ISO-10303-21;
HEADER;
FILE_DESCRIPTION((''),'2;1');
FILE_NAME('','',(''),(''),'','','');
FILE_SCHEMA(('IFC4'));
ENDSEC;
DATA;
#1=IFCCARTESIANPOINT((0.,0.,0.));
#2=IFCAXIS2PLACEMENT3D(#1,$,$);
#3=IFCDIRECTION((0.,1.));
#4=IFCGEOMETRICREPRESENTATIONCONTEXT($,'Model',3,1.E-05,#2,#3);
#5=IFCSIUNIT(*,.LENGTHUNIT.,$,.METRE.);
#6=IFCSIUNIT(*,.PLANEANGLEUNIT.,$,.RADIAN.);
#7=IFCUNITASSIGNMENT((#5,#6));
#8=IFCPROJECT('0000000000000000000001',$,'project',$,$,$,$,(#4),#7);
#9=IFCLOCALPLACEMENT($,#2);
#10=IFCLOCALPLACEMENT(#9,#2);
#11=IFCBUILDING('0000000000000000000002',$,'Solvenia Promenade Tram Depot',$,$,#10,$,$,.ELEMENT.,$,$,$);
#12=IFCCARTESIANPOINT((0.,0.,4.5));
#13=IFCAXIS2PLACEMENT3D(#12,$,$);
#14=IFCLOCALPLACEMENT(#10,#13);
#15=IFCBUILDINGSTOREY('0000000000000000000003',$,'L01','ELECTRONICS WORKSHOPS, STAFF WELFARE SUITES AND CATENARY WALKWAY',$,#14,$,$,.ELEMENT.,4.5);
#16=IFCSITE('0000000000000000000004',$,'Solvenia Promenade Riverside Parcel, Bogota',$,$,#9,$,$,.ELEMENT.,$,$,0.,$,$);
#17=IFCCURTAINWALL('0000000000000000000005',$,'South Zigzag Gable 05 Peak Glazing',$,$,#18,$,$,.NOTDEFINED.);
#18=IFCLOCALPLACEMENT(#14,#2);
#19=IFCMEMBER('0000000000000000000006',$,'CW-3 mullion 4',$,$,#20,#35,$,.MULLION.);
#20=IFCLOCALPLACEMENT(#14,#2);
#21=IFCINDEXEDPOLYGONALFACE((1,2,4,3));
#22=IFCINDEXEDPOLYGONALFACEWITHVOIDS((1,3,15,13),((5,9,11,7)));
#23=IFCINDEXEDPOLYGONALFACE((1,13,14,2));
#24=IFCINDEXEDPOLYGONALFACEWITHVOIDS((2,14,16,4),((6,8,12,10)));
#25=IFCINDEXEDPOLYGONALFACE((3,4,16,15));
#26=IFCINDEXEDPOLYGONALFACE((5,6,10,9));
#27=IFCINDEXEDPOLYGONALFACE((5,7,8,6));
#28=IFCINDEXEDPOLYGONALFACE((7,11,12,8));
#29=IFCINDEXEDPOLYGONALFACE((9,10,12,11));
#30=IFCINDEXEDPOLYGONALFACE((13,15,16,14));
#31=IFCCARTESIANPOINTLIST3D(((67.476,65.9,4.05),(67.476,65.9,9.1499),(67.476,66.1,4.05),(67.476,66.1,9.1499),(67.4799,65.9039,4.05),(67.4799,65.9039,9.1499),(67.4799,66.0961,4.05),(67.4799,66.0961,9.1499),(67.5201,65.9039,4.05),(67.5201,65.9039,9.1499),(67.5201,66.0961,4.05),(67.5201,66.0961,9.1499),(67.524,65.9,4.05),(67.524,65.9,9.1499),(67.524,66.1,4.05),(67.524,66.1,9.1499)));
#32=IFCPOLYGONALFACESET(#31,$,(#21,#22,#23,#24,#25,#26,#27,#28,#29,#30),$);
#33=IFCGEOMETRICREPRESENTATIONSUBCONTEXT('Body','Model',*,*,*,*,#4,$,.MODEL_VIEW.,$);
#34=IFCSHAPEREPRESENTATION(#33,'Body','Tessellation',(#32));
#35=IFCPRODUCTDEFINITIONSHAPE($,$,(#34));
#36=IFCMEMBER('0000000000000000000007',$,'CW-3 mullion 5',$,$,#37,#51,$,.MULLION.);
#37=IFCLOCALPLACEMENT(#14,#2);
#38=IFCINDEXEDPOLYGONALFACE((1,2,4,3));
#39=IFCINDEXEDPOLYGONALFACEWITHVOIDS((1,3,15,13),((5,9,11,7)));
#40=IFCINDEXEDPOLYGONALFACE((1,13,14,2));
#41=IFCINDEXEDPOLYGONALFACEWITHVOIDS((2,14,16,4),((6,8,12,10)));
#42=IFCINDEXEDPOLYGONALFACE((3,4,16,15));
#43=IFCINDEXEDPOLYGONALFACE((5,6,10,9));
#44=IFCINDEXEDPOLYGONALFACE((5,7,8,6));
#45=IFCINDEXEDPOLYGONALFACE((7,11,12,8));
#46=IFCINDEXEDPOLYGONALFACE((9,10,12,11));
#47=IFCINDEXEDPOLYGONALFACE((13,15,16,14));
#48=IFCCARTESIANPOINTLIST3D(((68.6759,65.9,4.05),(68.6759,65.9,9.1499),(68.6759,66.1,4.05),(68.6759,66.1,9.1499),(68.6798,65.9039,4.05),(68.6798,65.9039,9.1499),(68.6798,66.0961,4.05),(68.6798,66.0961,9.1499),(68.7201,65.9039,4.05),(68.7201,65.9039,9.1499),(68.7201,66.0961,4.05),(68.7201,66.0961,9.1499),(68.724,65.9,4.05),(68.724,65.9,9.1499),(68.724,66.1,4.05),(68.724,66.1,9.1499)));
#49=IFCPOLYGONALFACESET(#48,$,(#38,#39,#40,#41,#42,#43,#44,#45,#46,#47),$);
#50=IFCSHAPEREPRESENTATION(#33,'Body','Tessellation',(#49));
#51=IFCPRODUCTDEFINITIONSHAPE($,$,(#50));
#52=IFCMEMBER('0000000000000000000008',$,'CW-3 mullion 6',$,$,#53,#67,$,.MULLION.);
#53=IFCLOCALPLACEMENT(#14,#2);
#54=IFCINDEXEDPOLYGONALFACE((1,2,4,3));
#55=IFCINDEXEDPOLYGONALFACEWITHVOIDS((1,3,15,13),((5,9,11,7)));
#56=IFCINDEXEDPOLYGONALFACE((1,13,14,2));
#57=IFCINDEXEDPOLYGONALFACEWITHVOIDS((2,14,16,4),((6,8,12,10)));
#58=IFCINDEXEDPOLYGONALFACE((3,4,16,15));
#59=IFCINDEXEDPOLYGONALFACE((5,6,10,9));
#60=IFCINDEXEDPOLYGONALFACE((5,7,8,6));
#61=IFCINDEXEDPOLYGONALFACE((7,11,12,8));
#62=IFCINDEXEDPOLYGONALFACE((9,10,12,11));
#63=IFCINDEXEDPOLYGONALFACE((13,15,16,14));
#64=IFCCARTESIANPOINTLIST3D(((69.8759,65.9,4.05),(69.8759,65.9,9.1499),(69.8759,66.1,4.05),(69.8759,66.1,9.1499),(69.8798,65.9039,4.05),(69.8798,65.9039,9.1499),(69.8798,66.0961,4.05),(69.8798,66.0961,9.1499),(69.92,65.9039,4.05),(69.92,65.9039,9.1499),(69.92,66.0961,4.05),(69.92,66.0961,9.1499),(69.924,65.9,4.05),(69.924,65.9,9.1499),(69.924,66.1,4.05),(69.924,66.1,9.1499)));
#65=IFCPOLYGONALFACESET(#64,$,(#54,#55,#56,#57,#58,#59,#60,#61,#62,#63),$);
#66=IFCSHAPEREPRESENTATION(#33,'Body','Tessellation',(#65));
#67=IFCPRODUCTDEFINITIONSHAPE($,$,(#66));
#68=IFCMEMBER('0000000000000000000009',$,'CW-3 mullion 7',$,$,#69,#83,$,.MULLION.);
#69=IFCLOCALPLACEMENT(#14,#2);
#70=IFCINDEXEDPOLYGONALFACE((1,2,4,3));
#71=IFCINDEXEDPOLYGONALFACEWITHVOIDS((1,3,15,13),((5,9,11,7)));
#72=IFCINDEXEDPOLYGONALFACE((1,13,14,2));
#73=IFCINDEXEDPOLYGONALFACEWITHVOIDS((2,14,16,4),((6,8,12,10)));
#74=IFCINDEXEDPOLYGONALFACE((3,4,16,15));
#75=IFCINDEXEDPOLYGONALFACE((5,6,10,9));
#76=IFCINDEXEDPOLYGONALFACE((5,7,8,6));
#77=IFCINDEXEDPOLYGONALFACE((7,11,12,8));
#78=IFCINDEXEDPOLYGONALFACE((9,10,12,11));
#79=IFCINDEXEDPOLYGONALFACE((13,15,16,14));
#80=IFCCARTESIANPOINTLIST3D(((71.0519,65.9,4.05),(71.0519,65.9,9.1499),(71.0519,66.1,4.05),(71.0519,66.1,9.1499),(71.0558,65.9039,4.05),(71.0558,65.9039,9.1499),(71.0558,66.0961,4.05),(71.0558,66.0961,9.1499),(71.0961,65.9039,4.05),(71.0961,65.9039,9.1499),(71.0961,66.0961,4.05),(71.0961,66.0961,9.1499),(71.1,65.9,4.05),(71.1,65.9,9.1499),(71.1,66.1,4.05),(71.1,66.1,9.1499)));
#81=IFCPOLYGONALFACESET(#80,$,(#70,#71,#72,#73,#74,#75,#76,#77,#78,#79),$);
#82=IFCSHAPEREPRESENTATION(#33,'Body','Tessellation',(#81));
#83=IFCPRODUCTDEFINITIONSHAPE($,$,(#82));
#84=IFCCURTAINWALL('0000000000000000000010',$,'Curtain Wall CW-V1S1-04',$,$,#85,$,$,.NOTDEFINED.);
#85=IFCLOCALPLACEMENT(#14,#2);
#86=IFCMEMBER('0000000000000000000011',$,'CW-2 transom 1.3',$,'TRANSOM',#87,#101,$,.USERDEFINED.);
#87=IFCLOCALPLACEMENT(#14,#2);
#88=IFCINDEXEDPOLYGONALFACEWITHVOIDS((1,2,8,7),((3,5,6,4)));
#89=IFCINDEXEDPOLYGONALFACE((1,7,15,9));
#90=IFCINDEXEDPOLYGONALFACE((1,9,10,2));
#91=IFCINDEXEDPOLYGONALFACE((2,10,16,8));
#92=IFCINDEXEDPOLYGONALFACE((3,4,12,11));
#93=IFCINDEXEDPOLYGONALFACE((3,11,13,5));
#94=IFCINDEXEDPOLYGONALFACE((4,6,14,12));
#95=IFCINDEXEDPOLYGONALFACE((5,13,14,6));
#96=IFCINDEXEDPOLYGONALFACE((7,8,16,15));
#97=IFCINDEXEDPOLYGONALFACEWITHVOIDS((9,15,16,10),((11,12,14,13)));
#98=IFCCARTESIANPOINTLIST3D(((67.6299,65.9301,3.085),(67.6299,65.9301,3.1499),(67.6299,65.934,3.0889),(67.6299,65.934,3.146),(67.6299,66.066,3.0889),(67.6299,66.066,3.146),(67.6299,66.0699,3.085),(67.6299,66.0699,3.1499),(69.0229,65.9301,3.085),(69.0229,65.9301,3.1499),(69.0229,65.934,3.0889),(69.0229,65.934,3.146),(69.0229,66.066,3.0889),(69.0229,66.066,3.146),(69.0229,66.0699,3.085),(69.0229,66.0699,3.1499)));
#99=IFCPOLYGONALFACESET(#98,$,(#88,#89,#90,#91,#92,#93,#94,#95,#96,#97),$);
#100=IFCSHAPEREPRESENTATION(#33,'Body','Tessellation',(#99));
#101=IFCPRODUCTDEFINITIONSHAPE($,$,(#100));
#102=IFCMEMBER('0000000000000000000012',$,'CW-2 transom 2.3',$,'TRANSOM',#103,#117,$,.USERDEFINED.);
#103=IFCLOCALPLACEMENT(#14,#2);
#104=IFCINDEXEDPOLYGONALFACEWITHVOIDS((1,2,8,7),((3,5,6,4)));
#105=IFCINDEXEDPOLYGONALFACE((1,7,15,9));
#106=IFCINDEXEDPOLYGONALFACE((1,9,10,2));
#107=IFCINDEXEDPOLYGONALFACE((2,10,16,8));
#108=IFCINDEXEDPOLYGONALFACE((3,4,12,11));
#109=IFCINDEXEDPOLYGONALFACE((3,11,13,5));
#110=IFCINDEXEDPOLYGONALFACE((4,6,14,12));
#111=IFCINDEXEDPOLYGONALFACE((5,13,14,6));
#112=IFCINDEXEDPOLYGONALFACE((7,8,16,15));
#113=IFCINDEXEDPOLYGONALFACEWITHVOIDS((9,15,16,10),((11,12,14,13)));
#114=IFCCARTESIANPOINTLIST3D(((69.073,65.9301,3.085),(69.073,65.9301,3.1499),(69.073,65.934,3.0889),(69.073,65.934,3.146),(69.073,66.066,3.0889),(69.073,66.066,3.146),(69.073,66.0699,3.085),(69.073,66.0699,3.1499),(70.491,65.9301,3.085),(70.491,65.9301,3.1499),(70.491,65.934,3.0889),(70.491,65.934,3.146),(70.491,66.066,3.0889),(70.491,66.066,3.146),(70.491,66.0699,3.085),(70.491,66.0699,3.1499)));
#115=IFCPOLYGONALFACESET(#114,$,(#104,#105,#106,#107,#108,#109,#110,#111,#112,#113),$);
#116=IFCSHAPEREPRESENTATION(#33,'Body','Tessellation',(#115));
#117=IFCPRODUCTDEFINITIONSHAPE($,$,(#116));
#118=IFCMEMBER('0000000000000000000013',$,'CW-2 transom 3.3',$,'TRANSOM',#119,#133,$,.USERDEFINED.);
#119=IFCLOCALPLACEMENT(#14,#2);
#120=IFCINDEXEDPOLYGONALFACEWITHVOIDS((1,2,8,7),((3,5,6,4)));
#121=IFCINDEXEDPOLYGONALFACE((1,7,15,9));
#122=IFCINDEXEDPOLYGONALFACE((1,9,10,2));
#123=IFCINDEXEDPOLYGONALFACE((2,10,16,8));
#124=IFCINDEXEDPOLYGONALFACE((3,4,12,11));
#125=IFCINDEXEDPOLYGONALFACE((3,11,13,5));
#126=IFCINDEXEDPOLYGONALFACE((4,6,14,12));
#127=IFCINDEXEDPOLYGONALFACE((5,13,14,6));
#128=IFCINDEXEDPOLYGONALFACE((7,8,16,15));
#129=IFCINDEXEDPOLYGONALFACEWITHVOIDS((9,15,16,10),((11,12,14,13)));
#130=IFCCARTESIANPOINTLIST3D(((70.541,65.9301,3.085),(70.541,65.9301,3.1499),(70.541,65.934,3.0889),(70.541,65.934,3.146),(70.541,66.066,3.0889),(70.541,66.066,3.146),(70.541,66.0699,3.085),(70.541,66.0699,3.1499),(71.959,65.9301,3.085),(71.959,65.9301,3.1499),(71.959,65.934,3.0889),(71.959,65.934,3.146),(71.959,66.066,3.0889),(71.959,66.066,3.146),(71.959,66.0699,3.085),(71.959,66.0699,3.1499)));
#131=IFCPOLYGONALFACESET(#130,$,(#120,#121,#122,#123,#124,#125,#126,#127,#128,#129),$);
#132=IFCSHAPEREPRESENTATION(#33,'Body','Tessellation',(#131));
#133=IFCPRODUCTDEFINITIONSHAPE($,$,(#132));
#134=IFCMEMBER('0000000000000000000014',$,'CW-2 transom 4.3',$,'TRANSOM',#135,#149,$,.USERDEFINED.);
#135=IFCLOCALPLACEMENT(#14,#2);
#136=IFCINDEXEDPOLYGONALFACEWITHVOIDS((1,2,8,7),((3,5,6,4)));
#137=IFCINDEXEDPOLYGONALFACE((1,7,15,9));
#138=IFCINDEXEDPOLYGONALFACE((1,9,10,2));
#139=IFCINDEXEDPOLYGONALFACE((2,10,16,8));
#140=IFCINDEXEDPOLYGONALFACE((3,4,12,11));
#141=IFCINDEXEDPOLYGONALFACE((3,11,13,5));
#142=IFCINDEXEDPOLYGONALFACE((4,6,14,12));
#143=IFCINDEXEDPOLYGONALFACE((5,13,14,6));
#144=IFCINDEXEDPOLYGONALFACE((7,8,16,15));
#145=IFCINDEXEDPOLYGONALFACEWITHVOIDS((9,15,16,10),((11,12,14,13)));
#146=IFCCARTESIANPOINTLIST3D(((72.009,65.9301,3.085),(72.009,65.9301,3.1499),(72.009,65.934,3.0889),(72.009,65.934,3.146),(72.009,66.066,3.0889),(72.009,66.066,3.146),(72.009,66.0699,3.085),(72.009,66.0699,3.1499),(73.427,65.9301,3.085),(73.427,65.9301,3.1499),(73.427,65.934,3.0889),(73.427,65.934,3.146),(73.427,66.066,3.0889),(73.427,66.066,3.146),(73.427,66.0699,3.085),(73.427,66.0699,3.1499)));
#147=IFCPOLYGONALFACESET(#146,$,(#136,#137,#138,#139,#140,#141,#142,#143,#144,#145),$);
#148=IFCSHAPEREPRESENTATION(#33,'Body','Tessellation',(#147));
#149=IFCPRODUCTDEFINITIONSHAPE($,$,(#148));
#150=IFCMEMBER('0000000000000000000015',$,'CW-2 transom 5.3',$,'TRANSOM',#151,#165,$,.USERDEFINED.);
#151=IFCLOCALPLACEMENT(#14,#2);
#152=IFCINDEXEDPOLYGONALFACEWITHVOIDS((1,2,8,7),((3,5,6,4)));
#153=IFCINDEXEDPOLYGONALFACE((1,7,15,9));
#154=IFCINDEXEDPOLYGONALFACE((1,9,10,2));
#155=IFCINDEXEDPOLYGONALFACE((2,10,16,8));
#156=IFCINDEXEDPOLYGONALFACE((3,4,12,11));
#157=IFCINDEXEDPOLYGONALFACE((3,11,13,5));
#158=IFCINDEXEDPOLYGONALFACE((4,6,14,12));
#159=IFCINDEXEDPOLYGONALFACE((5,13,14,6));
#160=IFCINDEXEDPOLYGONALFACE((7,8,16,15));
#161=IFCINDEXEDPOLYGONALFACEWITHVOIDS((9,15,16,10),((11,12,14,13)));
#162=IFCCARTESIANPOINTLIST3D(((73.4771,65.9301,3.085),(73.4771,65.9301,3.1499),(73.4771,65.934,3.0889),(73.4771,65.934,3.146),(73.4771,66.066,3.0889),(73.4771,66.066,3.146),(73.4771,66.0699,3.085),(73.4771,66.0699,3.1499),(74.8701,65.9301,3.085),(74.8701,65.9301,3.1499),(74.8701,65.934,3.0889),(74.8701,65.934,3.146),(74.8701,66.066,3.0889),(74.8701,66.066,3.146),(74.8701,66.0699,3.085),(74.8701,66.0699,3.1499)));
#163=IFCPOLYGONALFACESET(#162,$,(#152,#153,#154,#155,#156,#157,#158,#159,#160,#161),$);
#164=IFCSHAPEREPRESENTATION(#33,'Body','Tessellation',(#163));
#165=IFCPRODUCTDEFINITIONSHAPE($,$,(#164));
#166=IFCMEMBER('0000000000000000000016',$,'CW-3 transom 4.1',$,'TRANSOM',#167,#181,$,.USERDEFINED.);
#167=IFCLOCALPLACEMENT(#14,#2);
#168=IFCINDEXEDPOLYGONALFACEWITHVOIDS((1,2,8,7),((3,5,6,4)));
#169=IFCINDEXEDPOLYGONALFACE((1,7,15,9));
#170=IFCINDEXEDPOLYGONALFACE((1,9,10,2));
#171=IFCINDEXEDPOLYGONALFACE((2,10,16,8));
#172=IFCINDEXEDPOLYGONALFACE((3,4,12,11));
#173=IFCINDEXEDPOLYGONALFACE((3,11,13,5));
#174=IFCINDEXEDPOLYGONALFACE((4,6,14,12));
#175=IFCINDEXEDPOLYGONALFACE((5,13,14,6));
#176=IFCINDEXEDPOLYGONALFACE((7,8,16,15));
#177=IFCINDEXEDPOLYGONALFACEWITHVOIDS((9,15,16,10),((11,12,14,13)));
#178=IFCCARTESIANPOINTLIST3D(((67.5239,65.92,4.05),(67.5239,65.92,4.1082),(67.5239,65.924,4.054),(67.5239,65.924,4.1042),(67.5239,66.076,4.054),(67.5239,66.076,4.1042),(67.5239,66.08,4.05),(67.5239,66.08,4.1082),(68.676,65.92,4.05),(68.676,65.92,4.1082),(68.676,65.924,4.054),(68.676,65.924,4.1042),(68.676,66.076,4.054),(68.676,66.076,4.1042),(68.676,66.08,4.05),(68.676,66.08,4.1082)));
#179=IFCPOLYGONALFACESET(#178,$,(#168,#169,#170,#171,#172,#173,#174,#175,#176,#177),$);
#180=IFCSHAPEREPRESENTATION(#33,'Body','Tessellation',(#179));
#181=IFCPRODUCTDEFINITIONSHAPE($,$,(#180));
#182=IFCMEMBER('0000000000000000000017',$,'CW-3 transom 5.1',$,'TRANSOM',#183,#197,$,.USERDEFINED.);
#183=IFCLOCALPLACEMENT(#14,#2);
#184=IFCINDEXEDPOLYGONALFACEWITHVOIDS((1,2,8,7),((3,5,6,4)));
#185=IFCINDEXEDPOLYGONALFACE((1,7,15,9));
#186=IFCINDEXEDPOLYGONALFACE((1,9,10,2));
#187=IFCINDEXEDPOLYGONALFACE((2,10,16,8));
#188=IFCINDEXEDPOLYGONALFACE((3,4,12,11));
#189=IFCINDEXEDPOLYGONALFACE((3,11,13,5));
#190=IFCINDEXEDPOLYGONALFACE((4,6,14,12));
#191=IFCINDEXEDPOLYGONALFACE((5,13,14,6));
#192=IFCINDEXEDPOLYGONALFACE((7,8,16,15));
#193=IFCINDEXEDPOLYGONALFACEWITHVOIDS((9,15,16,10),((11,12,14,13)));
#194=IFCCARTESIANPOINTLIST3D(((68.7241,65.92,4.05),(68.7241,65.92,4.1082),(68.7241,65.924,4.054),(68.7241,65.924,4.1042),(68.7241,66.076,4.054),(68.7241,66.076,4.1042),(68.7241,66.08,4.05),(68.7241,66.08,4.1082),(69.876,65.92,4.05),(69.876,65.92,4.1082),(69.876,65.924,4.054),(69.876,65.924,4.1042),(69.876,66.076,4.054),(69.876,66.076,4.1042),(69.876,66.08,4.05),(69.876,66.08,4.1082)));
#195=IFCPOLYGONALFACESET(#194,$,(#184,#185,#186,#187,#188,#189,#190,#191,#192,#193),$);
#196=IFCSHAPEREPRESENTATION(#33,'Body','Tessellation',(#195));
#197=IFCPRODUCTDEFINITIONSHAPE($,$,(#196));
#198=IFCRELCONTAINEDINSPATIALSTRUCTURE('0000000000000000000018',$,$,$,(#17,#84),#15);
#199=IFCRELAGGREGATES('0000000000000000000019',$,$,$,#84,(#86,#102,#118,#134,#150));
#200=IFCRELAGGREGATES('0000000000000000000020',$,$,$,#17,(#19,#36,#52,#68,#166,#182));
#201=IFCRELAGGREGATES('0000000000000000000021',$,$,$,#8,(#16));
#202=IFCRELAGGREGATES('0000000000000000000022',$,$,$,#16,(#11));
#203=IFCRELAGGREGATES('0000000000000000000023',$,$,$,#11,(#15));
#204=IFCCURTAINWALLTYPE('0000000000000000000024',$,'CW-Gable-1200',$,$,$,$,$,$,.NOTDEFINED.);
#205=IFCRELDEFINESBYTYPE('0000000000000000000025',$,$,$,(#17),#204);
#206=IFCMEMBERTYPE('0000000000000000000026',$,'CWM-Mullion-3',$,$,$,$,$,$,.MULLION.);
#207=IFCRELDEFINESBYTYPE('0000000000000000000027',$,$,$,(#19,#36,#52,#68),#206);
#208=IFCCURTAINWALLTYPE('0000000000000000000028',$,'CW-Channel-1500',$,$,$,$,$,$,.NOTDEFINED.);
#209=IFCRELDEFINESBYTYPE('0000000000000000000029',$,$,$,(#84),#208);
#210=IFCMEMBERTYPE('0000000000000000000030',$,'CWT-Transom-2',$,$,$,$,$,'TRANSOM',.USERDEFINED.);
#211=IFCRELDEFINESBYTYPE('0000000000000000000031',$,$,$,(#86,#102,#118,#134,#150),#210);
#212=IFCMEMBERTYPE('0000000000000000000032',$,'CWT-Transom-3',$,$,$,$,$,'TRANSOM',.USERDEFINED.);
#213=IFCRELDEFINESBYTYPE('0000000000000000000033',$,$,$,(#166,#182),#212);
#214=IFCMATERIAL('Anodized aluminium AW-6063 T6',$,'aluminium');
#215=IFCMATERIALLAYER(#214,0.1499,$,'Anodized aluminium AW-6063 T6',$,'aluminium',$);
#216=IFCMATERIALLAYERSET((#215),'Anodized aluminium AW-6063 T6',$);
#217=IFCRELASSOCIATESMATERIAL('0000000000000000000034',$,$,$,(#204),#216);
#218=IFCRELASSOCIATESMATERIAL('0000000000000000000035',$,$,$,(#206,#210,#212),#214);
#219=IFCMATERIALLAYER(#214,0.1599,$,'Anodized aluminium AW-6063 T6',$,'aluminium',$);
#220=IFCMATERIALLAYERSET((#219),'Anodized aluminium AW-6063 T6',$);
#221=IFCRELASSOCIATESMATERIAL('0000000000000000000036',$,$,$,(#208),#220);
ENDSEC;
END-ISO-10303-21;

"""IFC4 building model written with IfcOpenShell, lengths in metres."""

from ifc_helpers import new_model, si_unit, direction, frame, origin, origin_2d, place, context, subcontext, project, spatial, hollow_rectangle, extrude, material, layer, layer_set, material_profile, profile_set, type_object, element, aggregate, save


model = new_model("IFC4")

# Units and contexts
model_context = context("Model", 3, precision=1e-05, world=origin(), true_north=direction((0.0, 1.0)))
body_context = subcontext(model_context, "Body", "Model", "MODEL_VIEW")
ifc_project = project(units=[si_unit("LENGTHUNIT", "METRE"), si_unit("PLANEANGLEUNIT", "RADIAN")], contexts=[model_context])

# Site, building, storey
site_placement = place(None, origin())
site = spatial("IfcSite", under=ifc_project, at=site_placement, Name="Solvenia Promenade Riverside Parcel, Bogota", CompositionType="ELEMENT", RefElevation=0.0)
building_placement = place(site_placement, origin())
building = spatial("IfcBuilding", under=site, at=building_placement, Name="Solvenia Promenade Tram Depot", CompositionType="ELEMENT")
storey_placement = place(building_placement, frame((0.0, 0.0, 4.5)))
storey = spatial("IfcBuildingStorey", under=building, at=storey_placement, Name="L01", Description="ELECTRONICS WORKSHOPS, STAFF WELFARE SUITES AND CATENARY WALKWAY", CompositionType="ELEMENT", Elevation=4.5)

# Curtain walls, members
ifc_material_1 = material(Name="Anodized aluminium AW-6063 T6", Category="aluminium")
ifc_layer_1 = layer(ifc_material_1, 0.1499, Name="Anodized aluminium AW-6063 T6", Category="aluminium")
ifc_layer_set_1 = layer_set([ifc_layer_1], Name="Anodized aluminium AW-6063 T6")
curtain_wall_type_1 = type_object("IfcCurtainWallType", Name="CW-Gable-1200", PredefinedType="NOTDEFINED", material=ifc_layer_set_1)
curtain_wall_1_placement = place(storey_placement, origin())
curtain_wall_1 = element("IfcCurtainWall", 1, at=curtain_wall_1_placement, inside=storey, type_object=curtain_wall_type_1, Name="South Zigzag Gable 05 Peak Glazing", PredefinedType="NOTDEFINED")
ifc_material_profile_1 = material_profile(ifc_material_1, hollow_rectangle(XDim=0.2, YDim=0.0481, WallThickness=0.0039, at=origin_2d()), Name="ALU-M3", Category="aluminium")
ifc_profile_set_1 = profile_set([ifc_material_profile_1], Name="Anodized aluminium AW-6063 T6")
member_type_1 = type_object("IfcMemberType", Name="CWM-Mullion-3", PredefinedType="MULLION", material=ifc_profile_set_1)
member_1_placement = place(storey_placement, frame((67.5, 66.0, 4.05), z_axis=(0.0, 0.0, 1.0), x_axis=(0.0, 1.0, 0.0)))
member_1 = element("IfcMember", 2, at=member_1_placement, type_object=member_type_1, Name="CW-3 mullion 4", PredefinedType="MULLION", context=body_context, shape_type="SweptSolid", body=[
    extrude(hollow_rectangle(XDim=0.2, YDim=0.0481, WallThickness=0.0039, at=origin_2d()), origin(), (0.0, 0.0, 1.0), 5.0999),
])
member_2_placement = place(storey_placement, frame((68.7, 66.0, 4.05), z_axis=(0.0, 0.0, 1.0), x_axis=(0.0, 1.0, 0.0)))
member_2 = element("IfcMember", 3, at=member_2_placement, type_object=member_type_1, Name="CW-3 mullion 5", PredefinedType="MULLION", context=body_context, shape_type="SweptSolid", body=[
    extrude(hollow_rectangle(XDim=0.2, YDim=0.0481, WallThickness=0.0039, at=origin_2d()), origin(), (0.0, 0.0, 1.0), 5.0999),
])
member_3_placement = place(storey_placement, frame((69.8999, 66.0, 4.05), z_axis=(0.0, 0.0, 1.0), x_axis=(0.0, 1.0, 0.0)))
member_3 = element("IfcMember", 4, at=member_3_placement, type_object=member_type_1, Name="CW-3 mullion 6", PredefinedType="MULLION", context=body_context, shape_type="SweptSolid", body=[
    extrude(hollow_rectangle(XDim=0.2, YDim=0.0481, WallThickness=0.0039, at=origin_2d()), origin(), (0.0, 0.0, 1.0), 5.0999),
])
member_4_placement = place(storey_placement, frame((71.0759, 66.0, 4.05), z_axis=(0.0, 0.0, 1.0), x_axis=(0.0, 1.0, 0.0)))
member_4 = element("IfcMember", 5, at=member_4_placement, type_object=member_type_1, Name="CW-3 mullion 7", PredefinedType="MULLION", context=body_context, shape_type="SweptSolid", body=[
    extrude(hollow_rectangle(XDim=0.2, YDim=0.0481, WallThickness=0.0039, at=origin_2d()), origin(), (0.0, 0.0, 1.0), 5.0999),
])
ifc_layer_2 = layer(ifc_material_1, 0.1599, Name="Anodized aluminium AW-6063 T6", Category="aluminium")
ifc_layer_set_2 = layer_set([ifc_layer_2], Name="Anodized aluminium AW-6063 T6")
curtain_wall_type_2 = type_object("IfcCurtainWallType", Name="CW-Channel-1500", PredefinedType="NOTDEFINED", material=ifc_layer_set_2)
curtain_wall_2_placement = place(storey_placement, origin())
curtain_wall_2 = element("IfcCurtainWall", 6, at=curtain_wall_2_placement, inside=storey, type_object=curtain_wall_type_2, Name="Curtain Wall CW-V1S1-04", PredefinedType="NOTDEFINED")
ifc_material_profile_2 = material_profile(ifc_material_1, hollow_rectangle(XDim=0.1399, YDim=0.0649, WallThickness=0.0039, at=origin_2d()), Name="ALU-T2", Category="aluminium")
ifc_profile_set_2 = profile_set([ifc_material_profile_2], Name="Anodized aluminium AW-6063 T6")
member_type_2 = type_object("IfcMemberType", Name="CWT-Transom-2", ElementType="TRANSOM", PredefinedType="USERDEFINED", material=ifc_profile_set_2)
member_5_placement = place(storey_placement, frame((67.6299, 66.0, 3.1174), z_axis=(1.0, 0.0, 0.0), x_axis=(0.0, 1.0, 0.0)))
member_5 = element("IfcMember", 7, at=member_5_placement, type_object=member_type_2, Name="CW-2 transom 1.3", ObjectType="TRANSOM", PredefinedType="USERDEFINED", context=body_context, shape_type="SweptSolid", body=[
    extrude(hollow_rectangle(XDim=0.1399, YDim=0.0649, WallThickness=0.0039, at=origin_2d()), origin(), (0.0, 0.0, 1.0), 1.3931),
])
member_6_placement = place(storey_placement, frame((69.073, 66.0, 3.1174), z_axis=(1.0, 0.0, 0.0), x_axis=(0.0, 1.0, 0.0)))
member_6 = element("IfcMember", 8, at=member_6_placement, type_object=member_type_2, Name="CW-2 transom 2.3", ObjectType="TRANSOM", PredefinedType="USERDEFINED", context=body_context, shape_type="SweptSolid", body=[
    extrude(hollow_rectangle(XDim=0.1399, YDim=0.0649, WallThickness=0.0039, at=origin_2d()), origin(), (0.0, 0.0, 1.0), 1.418),
])
member_7_placement = place(storey_placement, frame((70.541, 66.0, 3.1174), z_axis=(1.0, 0.0, 0.0), x_axis=(0.0, 1.0, 0.0)))
member_7 = element("IfcMember", 9, at=member_7_placement, type_object=member_type_2, Name="CW-2 transom 3.3", ObjectType="TRANSOM", PredefinedType="USERDEFINED", context=body_context, shape_type="SweptSolid", body=[
    extrude(hollow_rectangle(XDim=0.1399, YDim=0.0649, WallThickness=0.0039, at=origin_2d()), origin(), (0.0, 0.0, 1.0), 1.418),
])
member_8_placement = place(storey_placement, frame((72.009, 66.0, 3.1174), z_axis=(1.0, 0.0, 0.0), x_axis=(0.0, 1.0, 0.0)))
member_8 = element("IfcMember", 10, at=member_8_placement, type_object=member_type_2, Name="CW-2 transom 4.3", ObjectType="TRANSOM", PredefinedType="USERDEFINED", context=body_context, shape_type="SweptSolid", body=[
    extrude(hollow_rectangle(XDim=0.1399, YDim=0.0649, WallThickness=0.0039, at=origin_2d()), origin(), (0.0, 0.0, 1.0), 1.418),
])
member_9_placement = place(storey_placement, frame((73.4771, 66.0, 3.1174), z_axis=(1.0, 0.0, 0.0), x_axis=(0.0, 1.0, 0.0)))
member_9 = element("IfcMember", 11, at=member_9_placement, type_object=member_type_2, Name="CW-2 transom 5.3", ObjectType="TRANSOM", PredefinedType="USERDEFINED", context=body_context, shape_type="SweptSolid", body=[
    extrude(hollow_rectangle(XDim=0.1399, YDim=0.0649, WallThickness=0.0039, at=origin_2d()), origin(), (0.0, 0.0, 1.0), 1.3931),
])
aggregate(curtain_wall_2, [member_5, member_6, member_7, member_8, member_9])

# Members
ifc_material_profile_3 = material_profile(ifc_material_1, hollow_rectangle(XDim=0.1599, YDim=0.0581, WallThickness=0.0039, at=origin_2d()), Name="ALU-T3", Category="aluminium")
ifc_profile_set_3 = profile_set([ifc_material_profile_3], Name="Anodized aluminium AW-6063 T6")
member_type_3 = type_object("IfcMemberType", Name="CWT-Transom-3", ElementType="TRANSOM", PredefinedType="USERDEFINED", material=ifc_profile_set_3)
member_10_placement = place(storey_placement, frame((67.5239, 66.0, 4.0791), z_axis=(1.0, 0.0, 0.0), x_axis=(0.0, 1.0, 0.0)))
member_10 = element("IfcMember", 12, at=member_10_placement, type_object=member_type_3, Name="CW-3 transom 4.1", ObjectType="TRANSOM", PredefinedType="USERDEFINED", context=body_context, shape_type="SweptSolid", body=[
    extrude(hollow_rectangle(XDim=0.1599, YDim=0.0581, WallThickness=0.0039, at=origin_2d()), origin(), (0.0, 0.0, 1.0), 1.1521),
])
member_11_placement = place(storey_placement, frame((68.7241, 66.0, 4.0791), z_axis=(1.0, 0.0, 0.0), x_axis=(0.0, 1.0, 0.0)))
member_11 = element("IfcMember", 13, at=member_11_placement, type_object=member_type_3, Name="CW-3 transom 5.1", ObjectType="TRANSOM", PredefinedType="USERDEFINED", context=body_context, shape_type="SweptSolid", body=[
    extrude(hollow_rectangle(XDim=0.1599, YDim=0.0581, WallThickness=0.0039, at=origin_2d()), origin(), (0.0, 0.0, 1.0), 1.1519),
])

aggregate(curtain_wall_1, [member_1, member_2, member_3, member_4, member_10, member_11])

save(model, "model.ifc")
